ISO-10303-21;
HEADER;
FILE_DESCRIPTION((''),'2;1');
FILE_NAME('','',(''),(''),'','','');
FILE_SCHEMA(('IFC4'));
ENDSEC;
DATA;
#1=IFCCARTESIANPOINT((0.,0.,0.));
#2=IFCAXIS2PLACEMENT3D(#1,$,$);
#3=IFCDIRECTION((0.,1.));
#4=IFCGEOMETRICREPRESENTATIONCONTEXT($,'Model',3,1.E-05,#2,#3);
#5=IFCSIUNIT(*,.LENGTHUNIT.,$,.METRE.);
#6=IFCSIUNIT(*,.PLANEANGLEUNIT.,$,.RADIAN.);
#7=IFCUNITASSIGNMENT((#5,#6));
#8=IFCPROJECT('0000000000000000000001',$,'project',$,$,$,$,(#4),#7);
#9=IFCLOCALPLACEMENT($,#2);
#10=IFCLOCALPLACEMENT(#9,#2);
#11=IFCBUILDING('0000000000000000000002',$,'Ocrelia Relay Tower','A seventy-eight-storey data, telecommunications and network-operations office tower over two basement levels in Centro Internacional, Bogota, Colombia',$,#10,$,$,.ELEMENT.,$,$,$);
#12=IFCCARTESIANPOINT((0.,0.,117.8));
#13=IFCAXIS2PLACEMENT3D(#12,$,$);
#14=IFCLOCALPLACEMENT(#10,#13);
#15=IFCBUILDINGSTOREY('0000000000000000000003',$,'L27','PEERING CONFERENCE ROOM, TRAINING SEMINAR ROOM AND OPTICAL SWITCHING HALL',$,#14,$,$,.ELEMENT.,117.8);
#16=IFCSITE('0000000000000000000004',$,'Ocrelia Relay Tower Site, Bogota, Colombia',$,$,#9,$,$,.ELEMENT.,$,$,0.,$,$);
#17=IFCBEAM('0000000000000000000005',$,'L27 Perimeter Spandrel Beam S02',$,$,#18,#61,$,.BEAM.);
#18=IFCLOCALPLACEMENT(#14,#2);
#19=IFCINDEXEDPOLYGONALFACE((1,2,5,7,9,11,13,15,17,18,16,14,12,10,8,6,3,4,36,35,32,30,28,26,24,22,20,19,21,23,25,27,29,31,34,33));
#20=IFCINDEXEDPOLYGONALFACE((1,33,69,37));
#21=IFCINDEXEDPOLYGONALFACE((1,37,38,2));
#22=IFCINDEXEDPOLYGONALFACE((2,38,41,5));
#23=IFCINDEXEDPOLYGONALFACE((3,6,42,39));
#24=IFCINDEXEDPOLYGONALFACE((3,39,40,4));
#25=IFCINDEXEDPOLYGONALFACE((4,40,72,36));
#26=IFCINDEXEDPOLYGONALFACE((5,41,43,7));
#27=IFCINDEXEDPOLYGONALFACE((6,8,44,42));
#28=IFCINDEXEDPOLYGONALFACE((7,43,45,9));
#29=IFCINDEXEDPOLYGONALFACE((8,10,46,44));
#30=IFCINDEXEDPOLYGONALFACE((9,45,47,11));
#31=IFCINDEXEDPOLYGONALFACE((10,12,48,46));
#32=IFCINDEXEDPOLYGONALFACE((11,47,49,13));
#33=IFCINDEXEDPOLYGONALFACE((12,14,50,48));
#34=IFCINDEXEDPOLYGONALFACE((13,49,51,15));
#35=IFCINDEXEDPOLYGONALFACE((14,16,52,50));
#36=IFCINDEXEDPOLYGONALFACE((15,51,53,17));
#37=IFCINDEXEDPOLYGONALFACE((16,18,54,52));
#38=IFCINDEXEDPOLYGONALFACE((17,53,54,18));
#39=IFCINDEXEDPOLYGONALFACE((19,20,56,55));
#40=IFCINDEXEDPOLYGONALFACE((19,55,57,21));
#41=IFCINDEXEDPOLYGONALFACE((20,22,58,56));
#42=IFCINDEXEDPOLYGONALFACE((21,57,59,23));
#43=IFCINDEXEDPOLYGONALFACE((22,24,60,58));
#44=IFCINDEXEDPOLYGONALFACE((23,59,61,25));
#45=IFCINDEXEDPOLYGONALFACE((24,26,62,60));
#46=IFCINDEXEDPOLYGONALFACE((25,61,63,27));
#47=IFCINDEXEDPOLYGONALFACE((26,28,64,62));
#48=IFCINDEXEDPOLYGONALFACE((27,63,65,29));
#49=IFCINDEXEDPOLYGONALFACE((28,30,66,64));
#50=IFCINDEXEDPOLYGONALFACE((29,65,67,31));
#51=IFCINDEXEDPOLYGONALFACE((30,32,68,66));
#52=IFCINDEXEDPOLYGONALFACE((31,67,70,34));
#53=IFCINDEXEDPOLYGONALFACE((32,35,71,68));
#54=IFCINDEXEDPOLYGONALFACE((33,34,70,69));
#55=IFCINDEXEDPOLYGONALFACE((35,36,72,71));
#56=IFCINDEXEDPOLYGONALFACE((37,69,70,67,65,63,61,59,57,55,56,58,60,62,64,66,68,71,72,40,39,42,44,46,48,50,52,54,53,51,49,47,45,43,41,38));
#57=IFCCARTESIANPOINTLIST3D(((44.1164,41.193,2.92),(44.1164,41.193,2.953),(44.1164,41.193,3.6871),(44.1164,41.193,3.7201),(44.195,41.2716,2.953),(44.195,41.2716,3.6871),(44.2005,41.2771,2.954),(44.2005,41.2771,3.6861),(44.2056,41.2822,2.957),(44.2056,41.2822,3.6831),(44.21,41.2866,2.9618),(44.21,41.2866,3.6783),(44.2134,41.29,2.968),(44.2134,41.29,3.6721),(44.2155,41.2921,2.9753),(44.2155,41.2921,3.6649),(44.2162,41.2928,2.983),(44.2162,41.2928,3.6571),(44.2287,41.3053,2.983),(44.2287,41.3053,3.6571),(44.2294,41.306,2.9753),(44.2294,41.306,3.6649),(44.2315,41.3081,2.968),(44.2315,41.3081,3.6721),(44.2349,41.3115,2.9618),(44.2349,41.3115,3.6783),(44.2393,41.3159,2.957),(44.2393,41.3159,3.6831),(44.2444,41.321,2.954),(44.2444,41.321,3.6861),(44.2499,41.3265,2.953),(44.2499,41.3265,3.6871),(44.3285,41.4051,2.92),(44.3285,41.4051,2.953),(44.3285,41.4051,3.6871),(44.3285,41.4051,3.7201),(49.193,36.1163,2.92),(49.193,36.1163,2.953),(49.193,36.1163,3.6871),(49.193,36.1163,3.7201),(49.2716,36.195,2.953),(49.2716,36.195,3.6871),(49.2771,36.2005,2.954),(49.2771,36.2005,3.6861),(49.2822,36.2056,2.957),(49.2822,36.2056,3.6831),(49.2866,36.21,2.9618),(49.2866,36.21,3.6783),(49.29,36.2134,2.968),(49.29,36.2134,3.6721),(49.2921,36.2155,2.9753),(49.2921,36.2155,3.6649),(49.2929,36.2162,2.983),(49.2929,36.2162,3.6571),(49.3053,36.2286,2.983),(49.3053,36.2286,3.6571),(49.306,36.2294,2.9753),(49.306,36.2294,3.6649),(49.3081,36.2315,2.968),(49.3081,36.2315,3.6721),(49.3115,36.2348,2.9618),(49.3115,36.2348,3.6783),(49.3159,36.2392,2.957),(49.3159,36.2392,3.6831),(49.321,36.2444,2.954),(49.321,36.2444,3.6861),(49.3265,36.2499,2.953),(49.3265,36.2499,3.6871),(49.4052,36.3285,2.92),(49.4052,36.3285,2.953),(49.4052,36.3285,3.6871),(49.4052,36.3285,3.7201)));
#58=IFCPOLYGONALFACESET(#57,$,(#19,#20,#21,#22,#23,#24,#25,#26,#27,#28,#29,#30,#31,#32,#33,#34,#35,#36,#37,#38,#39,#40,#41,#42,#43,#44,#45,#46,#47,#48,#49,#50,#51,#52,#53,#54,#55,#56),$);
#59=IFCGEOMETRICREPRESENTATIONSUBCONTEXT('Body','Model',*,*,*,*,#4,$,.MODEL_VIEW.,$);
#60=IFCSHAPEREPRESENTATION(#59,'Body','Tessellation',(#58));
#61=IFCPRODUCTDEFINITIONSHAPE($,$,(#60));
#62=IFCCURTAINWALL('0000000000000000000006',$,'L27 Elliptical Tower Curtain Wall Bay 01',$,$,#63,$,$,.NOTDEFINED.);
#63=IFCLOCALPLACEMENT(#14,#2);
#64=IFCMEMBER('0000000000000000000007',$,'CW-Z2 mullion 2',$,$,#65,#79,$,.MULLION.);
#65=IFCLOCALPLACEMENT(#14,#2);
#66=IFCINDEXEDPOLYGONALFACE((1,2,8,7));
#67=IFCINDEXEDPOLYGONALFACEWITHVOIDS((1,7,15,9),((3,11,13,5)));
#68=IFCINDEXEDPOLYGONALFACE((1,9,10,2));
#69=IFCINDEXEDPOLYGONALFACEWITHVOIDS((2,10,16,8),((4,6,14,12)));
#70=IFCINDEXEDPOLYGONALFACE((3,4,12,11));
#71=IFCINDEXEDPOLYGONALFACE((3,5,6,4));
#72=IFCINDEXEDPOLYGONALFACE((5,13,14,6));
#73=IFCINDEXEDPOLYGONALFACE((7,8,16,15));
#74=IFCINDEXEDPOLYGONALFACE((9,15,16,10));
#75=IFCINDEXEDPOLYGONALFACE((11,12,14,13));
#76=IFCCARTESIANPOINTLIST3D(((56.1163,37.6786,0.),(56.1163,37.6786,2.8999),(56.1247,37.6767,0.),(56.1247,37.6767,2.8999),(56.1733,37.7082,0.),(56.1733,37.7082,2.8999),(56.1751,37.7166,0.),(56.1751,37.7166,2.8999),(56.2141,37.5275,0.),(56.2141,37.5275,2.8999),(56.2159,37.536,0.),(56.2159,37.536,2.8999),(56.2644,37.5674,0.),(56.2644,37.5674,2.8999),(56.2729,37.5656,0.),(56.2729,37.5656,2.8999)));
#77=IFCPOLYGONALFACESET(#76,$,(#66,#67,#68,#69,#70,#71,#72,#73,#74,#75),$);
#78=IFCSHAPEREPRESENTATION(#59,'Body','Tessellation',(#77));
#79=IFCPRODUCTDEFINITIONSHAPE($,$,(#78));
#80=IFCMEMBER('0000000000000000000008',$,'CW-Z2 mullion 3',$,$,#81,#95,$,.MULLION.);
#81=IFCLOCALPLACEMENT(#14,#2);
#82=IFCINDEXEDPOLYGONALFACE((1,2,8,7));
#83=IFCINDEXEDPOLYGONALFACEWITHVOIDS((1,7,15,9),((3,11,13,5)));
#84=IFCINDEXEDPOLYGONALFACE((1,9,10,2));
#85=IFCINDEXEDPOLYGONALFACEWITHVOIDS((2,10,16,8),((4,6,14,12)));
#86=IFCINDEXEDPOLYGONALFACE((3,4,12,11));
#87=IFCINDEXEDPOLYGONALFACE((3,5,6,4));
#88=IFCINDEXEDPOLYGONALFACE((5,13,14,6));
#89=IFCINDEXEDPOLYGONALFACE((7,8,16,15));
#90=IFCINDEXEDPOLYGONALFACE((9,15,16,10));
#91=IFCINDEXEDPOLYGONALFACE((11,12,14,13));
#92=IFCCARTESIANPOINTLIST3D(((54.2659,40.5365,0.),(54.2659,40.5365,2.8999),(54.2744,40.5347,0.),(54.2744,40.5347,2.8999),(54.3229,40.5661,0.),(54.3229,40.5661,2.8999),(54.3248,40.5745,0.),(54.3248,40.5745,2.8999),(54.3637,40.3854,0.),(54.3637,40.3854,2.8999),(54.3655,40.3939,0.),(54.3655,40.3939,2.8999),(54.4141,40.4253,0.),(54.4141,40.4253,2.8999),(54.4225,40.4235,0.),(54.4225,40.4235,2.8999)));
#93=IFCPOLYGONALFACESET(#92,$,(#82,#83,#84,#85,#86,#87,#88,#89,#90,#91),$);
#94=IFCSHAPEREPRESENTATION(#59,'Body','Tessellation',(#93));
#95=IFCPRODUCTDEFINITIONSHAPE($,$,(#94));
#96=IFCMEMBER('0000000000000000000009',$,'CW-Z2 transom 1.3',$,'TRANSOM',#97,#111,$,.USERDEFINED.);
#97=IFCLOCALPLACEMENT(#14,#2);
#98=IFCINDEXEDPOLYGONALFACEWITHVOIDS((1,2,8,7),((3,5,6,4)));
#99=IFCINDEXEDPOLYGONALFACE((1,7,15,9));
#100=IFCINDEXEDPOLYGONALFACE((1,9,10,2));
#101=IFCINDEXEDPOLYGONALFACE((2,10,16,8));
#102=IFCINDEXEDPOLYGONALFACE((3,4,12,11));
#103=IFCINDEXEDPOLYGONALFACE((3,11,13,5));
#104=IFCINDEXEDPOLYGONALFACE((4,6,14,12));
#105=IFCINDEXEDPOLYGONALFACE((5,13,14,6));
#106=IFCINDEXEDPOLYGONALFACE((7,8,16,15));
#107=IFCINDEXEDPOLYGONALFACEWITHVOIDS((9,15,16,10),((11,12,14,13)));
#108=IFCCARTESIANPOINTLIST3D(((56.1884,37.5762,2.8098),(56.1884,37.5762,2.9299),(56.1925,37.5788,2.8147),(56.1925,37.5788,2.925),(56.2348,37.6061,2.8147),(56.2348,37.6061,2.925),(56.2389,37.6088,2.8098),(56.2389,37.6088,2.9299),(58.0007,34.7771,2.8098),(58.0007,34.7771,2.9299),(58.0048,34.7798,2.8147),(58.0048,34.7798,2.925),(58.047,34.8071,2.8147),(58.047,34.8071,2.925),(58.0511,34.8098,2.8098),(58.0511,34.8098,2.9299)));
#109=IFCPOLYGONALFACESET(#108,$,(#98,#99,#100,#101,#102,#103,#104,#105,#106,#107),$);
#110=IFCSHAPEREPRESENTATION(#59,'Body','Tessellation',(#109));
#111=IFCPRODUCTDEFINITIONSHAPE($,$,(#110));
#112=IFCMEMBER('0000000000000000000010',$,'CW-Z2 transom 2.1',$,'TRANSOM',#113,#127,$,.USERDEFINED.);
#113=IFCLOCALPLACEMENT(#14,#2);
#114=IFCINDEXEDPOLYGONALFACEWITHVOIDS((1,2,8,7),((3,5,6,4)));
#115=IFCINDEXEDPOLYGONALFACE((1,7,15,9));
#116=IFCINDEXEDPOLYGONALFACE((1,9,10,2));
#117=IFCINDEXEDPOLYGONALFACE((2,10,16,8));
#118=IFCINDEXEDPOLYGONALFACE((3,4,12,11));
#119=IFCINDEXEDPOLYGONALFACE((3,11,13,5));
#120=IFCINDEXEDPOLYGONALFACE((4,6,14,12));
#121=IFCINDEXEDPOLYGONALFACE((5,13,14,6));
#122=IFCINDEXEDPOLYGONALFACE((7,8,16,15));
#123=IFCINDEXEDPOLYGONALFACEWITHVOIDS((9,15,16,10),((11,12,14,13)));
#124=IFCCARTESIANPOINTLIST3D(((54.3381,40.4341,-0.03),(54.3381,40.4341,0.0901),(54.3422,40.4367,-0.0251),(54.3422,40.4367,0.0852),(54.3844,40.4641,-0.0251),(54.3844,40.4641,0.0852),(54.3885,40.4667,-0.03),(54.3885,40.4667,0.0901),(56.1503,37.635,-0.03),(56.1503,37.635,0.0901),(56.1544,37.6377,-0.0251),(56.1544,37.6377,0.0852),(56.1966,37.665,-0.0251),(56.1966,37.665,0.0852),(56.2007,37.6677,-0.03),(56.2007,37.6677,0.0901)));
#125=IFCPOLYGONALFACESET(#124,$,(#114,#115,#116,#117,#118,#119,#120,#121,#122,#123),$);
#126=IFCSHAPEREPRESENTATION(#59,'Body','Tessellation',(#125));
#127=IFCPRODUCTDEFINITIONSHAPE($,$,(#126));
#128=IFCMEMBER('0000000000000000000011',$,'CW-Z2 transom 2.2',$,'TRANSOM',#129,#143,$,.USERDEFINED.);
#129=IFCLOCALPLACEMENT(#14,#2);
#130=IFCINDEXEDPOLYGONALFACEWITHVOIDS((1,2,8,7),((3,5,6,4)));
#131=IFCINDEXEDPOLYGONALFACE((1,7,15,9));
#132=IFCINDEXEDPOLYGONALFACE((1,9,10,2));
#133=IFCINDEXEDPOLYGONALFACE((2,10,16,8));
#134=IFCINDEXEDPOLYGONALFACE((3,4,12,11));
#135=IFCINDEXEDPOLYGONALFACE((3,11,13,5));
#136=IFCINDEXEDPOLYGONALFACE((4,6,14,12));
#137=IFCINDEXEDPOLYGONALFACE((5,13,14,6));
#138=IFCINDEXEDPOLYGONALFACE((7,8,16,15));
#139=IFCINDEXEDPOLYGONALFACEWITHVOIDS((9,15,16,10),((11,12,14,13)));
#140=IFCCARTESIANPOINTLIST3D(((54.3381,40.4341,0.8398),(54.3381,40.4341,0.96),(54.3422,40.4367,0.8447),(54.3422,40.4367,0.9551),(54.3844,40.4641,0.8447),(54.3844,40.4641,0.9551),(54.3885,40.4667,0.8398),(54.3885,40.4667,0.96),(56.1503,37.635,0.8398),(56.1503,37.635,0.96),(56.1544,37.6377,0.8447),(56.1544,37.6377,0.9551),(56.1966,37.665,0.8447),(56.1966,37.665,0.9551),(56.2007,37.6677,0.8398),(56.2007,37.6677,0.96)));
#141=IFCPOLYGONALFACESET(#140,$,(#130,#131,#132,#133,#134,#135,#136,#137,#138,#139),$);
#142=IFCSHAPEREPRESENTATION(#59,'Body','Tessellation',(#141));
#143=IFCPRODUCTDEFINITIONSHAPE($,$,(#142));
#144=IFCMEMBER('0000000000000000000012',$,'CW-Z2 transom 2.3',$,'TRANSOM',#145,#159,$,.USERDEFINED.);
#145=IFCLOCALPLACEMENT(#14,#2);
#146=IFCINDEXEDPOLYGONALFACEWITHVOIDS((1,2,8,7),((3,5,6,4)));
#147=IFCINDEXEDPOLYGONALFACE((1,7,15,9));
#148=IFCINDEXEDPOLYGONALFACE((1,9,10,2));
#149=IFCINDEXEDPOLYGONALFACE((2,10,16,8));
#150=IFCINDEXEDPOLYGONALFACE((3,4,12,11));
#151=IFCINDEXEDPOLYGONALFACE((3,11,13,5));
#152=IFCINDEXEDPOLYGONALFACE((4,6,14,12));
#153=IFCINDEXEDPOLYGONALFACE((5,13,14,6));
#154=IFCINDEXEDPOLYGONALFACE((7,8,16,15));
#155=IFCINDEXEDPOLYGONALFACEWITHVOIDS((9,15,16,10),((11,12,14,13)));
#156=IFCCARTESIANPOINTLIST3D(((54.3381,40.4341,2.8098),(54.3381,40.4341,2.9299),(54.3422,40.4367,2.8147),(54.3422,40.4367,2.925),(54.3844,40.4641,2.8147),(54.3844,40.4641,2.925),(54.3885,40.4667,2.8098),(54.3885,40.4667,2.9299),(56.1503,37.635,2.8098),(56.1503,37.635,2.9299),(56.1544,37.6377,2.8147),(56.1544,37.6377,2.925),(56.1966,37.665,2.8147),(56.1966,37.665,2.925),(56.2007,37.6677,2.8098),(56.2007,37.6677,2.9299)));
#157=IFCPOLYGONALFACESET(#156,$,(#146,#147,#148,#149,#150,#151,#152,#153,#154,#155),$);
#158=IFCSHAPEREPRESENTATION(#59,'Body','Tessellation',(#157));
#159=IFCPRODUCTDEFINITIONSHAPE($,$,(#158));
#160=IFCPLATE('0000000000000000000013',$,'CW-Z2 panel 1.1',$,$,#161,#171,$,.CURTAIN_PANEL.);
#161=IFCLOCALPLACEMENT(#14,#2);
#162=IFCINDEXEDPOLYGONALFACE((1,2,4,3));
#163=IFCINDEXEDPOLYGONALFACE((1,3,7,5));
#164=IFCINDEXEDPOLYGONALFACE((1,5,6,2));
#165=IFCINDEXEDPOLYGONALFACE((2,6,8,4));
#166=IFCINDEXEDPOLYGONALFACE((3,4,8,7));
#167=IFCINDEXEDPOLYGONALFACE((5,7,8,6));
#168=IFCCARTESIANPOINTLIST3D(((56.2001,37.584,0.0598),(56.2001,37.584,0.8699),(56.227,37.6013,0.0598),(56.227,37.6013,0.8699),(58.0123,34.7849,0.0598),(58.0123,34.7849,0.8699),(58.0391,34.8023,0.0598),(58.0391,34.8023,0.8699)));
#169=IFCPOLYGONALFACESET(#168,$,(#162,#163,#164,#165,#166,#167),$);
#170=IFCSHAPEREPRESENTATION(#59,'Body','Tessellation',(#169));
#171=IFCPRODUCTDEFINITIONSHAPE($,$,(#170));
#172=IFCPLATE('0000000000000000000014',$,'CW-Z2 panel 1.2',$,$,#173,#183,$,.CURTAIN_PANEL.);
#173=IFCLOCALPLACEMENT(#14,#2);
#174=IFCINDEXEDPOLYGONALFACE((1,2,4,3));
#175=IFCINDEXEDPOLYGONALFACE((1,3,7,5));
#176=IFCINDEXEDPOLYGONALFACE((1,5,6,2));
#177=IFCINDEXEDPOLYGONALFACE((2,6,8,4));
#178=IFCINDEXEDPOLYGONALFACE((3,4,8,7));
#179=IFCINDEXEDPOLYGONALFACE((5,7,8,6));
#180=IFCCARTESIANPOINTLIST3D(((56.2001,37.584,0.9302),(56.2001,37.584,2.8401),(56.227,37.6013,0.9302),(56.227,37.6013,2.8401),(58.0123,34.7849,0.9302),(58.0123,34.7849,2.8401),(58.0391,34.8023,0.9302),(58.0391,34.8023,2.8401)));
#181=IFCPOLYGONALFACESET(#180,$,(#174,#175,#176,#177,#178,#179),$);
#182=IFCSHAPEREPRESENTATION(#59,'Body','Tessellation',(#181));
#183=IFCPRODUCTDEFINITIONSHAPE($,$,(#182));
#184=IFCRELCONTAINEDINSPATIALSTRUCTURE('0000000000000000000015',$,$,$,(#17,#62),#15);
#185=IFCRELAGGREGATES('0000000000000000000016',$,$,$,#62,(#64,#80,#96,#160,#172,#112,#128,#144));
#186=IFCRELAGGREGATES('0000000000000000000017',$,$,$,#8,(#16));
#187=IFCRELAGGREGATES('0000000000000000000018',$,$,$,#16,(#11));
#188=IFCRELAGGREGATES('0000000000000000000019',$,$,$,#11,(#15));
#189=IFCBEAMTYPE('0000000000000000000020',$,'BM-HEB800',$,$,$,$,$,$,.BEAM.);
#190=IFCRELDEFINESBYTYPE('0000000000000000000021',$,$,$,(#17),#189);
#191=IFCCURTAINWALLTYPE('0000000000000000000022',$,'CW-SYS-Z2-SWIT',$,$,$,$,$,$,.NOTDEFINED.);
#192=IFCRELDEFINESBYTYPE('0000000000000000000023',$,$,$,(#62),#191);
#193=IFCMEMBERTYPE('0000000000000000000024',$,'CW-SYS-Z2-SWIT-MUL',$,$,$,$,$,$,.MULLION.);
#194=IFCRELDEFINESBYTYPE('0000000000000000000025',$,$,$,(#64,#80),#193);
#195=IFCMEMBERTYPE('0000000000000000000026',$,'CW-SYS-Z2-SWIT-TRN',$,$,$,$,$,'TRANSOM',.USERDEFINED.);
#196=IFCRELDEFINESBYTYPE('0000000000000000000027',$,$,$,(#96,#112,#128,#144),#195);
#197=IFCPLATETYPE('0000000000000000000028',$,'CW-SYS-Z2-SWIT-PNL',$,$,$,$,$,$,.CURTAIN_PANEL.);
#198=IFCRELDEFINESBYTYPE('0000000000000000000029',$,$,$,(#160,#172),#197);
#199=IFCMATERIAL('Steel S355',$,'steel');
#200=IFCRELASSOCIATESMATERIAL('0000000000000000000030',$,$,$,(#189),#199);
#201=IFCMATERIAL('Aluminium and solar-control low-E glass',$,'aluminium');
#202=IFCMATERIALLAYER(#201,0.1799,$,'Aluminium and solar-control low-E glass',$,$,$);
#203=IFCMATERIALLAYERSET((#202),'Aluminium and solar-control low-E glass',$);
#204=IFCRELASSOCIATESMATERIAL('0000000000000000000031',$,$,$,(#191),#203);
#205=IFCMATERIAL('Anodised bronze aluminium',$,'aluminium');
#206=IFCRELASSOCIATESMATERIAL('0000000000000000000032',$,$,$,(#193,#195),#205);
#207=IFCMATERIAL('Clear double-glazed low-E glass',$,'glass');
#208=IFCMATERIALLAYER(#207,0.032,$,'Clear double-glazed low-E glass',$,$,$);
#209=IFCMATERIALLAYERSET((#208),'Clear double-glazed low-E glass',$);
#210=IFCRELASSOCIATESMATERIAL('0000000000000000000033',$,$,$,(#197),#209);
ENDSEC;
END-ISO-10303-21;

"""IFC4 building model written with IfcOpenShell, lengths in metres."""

from ifc_helpers import new_model, si_unit, direction, frame, origin, origin_2d, place, context, subcontext, project, spatial, rectangle, hollow_rectangle, i_section, extrude, material, layer, layer_set, material_profile, profile_set, type_object, element, aggregate, save


model = new_model("IFC4")

# Units and contexts
model_context = context("Model", 3, precision=1e-05, world=origin(), true_north=direction((0.0, 1.0)))
body_context = subcontext(model_context, "Body", "Model", "MODEL_VIEW")
ifc_project = project(units=[si_unit("LENGTHUNIT", "METRE"), si_unit("PLANEANGLEUNIT", "RADIAN")], contexts=[model_context])

# Site, building, storey
site_placement = place(None, origin())
site = spatial("IfcSite", under=ifc_project, at=site_placement, Name="Ocrelia Relay Tower Site, Bogota, Colombia", CompositionType="ELEMENT", RefElevation=0.0)
building_placement = place(site_placement, origin())
building = spatial("IfcBuilding", under=site, at=building_placement, Name="Ocrelia Relay Tower", Description="A seventy-eight-storey data, telecommunications and network-operations office tower over two basement levels in Centro Internacional, Bogota, Colombia", CompositionType="ELEMENT")
storey_placement = place(building_placement, frame((0.0, 0.0, 117.8)))
storey = spatial("IfcBuildingStorey", under=building, at=storey_placement, Name="L27", Description="PEERING CONFERENCE ROOM, TRAINING SEMINAR ROOM AND OPTICAL SWITCHING HALL", CompositionType="ELEMENT", Elevation=117.8)

# Beam
ifc_material_1 = material(Name="Steel S355", Category="steel")
ifc_material_profile_1 = material_profile(ifc_material_1, i_section(OverallWidth=0.3, OverallDepth=0.8, WebThickness=0.0176, FlangeThickness=0.033, FilletRadius=0.03, at=origin_2d()), Name="HEB 800")
ifc_profile_set_1 = profile_set([ifc_material_profile_1], Name="Steel S355")
beam_type_1 = type_object("IfcBeamType", Name="BM-HEB800", PredefinedType="BEAM", material=ifc_profile_set_1)
beam_1_placement = place(storey_placement, frame((49.2991, 36.2224, 3.3201), z_axis=(-0.707107, 0.707107, 0.0), x_axis=(-0.707107, -0.707107, 0.0)))
element("IfcBeam", 1, at=beam_1_placement, inside=storey, type_object=beam_type_1, Name="L27 Perimeter Spandrel Beam S02", PredefinedType="BEAM", context=body_context, shape_type="SweptSolid", body=[
    extrude(i_section(OverallWidth=0.3, OverallDepth=0.8, WebThickness=0.0176, FlangeThickness=0.033, FilletRadius=0.03, at=origin_2d()), origin(), (0.0, 0.0, 1.0), 7.1794),
])

# Curtain wall, members, plates
ifc_material_2 = material(Name="Aluminium and solar-control low-E glass", Category="aluminium")
ifc_layer_1 = layer(ifc_material_2, 0.1799, Name="Aluminium and solar-control low-E glass")
ifc_layer_set_1 = layer_set([ifc_layer_1], Name="Aluminium and solar-control low-E glass")
curtain_wall_type = type_object("IfcCurtainWallType", Name="CW-SYS-Z2-SWIT", PredefinedType="NOTDEFINED", material=ifc_layer_set_1)
curtain_wall_placement = place(storey_placement, origin())
curtain_wall = element("IfcCurtainWall", 2, at=curtain_wall_placement, inside=storey, type_object=curtain_wall_type, Name="L27 Elliptical Tower Curtain Wall Bay 01", PredefinedType="NOTDEFINED")
ifc_material_3 = material(Name="Anodised bronze aluminium", Category="aluminium")
ifc_material_profile_2 = material_profile(ifc_material_3, hollow_rectangle(XDim=0.0701, YDim=0.1799, WallThickness=0.0061, at=origin_2d()), Name="CW-MUL-180x70")
ifc_profile_set_2 = profile_set([ifc_material_profile_2], Name="Anodised bronze aluminium")
member_type_1 = type_object("IfcMemberType", Name="CW-SYS-Z2-SWIT-MUL", PredefinedType="MULLION", material=ifc_profile_set_2)
member_1_placement = place(storey_placement, frame((56.1946, 37.6221, 0.0), z_axis=(0.0, 0.0, 1.0), x_axis=(-0.839438, -0.543456, 0.0)))
member_1 = element("IfcMember", 3, at=member_1_placement, type_object=member_type_1, Name="CW-Z2 mullion 2", PredefinedType="MULLION", context=body_context, shape_type="SweptSolid", body=[
    extrude(hollow_rectangle(XDim=0.0701, YDim=0.1799, WallThickness=0.0061, at=origin_2d()), origin(), (0.0, 0.0, 1.0), 2.8999),
])
member_2_placement = place(storey_placement, frame((54.3442, 40.48, 0.0), z_axis=(0.0, 0.0, 1.0), x_axis=(-0.839438, -0.543456, 0.0)))
member_2 = element("IfcMember", 4, at=member_2_placement, type_object=member_type_1, Name="CW-Z2 mullion 3", PredefinedType="MULLION", context=body_context, shape_type="SweptSolid", body=[
    extrude(hollow_rectangle(XDim=0.0701, YDim=0.1799, WallThickness=0.0061, at=origin_2d()), origin(), (0.0, 0.0, 1.0), 2.8999),
])
ifc_material_profile_3 = material_profile(ifc_material_3, hollow_rectangle(XDim=0.0601, YDim=0.1201, WallThickness=0.0049, at=origin_2d()), Name="CW-TRN-120x60")
ifc_profile_set_3 = profile_set([ifc_material_profile_3], Name="Anodised bronze aluminium")
member_type_2 = type_object("IfcMemberType", Name="CW-SYS-Z2-SWIT-TRN", ElementType="TRANSOM", PredefinedType="USERDEFINED", material=ifc_profile_set_3)
member_3_placement = place(storey_placement, frame((58.0259, 34.7935, 2.8699), z_axis=(-0.543482, 0.839421, 0.0), x_axis=(-0.839421, -0.543482, 0.0)))
member_3 = element("IfcMember", 5, at=member_3_placement, type_object=member_type_2, Name="CW-Z2 transom 1.3", ObjectType="TRANSOM", PredefinedType="USERDEFINED", context=body_context, shape_type="SweptSolid", body=[
    extrude(hollow_rectangle(XDim=0.0601, YDim=0.1201, WallThickness=0.0049, at=origin_2d()), origin(), (0.0, 0.0, 1.0), 3.3345),
])
member_4_placement = place(storey_placement, frame((56.1755, 37.6514, 0.03), z_axis=(-0.543482, 0.839421, 0.0), x_axis=(-0.839421, -0.543482, 0.0)))
member_4 = element("IfcMember", 6, at=member_4_placement, type_object=member_type_2, Name="CW-Z2 transom 2.1", ObjectType="TRANSOM", PredefinedType="USERDEFINED", context=body_context, shape_type="SweptSolid", body=[
    extrude(hollow_rectangle(XDim=0.0601, YDim=0.1201, WallThickness=0.0049, at=origin_2d()), origin(), (0.0, 0.0, 1.0), 3.3345),
])
member_5_placement = place(storey_placement, frame((56.1755, 37.6514, 0.8999), z_axis=(-0.543482, 0.839421, 0.0), x_axis=(-0.839421, -0.543482, 0.0)))
member_5 = element("IfcMember", 7, at=member_5_placement, type_object=member_type_2, Name="CW-Z2 transom 2.2", ObjectType="TRANSOM", PredefinedType="USERDEFINED", context=body_context, shape_type="SweptSolid", body=[
    extrude(hollow_rectangle(XDim=0.0601, YDim=0.1201, WallThickness=0.0049, at=origin_2d()), origin(), (0.0, 0.0, 1.0), 3.3345),
])
member_6_placement = place(storey_placement, frame((56.1755, 37.6514, 2.8699), z_axis=(-0.543482, 0.839421, 0.0), x_axis=(-0.839421, -0.543482, 0.0)))
member_6 = element("IfcMember", 8, at=member_6_placement, type_object=member_type_2, Name="CW-Z2 transom 2.3", ObjectType="TRANSOM", PredefinedType="USERDEFINED", context=body_context, shape_type="SweptSolid", body=[
    extrude(hollow_rectangle(XDim=0.0601, YDim=0.1201, WallThickness=0.0049, at=origin_2d()), origin(), (0.0, 0.0, 1.0), 3.3345),
])
ifc_material_4 = material(Name="Clear double-glazed low-E glass", Category="glass")
ifc_layer_2 = layer(ifc_material_4, 0.032, Name="Clear double-glazed low-E glass")
ifc_layer_set_2 = layer_set([ifc_layer_2], Name="Clear double-glazed low-E glass")
plate_type = type_object("IfcPlateType", Name="CW-SYS-Z2-SWIT-PNL", PredefinedType="CURTAIN_PANEL", material=ifc_layer_set_2)
plate_1_placement = place(storey_placement, frame((57.1196, 36.1931, 0.0598), z_axis=(0.0, 0.0, 1.0), x_axis=(-0.543456, 0.839438, 0.0)))
plate_1 = element("IfcPlate", 9, at=plate_1_placement, type_object=plate_type, Name="CW-Z2 panel 1.1", PredefinedType="CURTAIN_PANEL", context=body_context, shape_type="SweptSolid", body=[
    extrude(rectangle(XDim=3.3345, YDim=0.032, at=origin_2d()), origin(), (0.0, 0.0, 1.0), 0.8101),
])
plate_2_placement = place(storey_placement, frame((57.1196, 36.1931, 0.9302), z_axis=(0.0, 0.0, 1.0), x_axis=(-0.543456, 0.839438, 0.0)))
plate_2 = element("IfcPlate", 10, at=plate_2_placement, type_object=plate_type, Name="CW-Z2 panel 1.2", PredefinedType="CURTAIN_PANEL", context=body_context, shape_type="SweptSolid", body=[
    extrude(rectangle(XDim=3.3345, YDim=0.032, at=origin_2d()), origin(), (0.0, 0.0, 1.0), 1.9099),
])
aggregate(curtain_wall, [member_1, member_2, member_3, plate_1, plate_2, member_4, member_5, member_6])

save(model, "model.ifc")
